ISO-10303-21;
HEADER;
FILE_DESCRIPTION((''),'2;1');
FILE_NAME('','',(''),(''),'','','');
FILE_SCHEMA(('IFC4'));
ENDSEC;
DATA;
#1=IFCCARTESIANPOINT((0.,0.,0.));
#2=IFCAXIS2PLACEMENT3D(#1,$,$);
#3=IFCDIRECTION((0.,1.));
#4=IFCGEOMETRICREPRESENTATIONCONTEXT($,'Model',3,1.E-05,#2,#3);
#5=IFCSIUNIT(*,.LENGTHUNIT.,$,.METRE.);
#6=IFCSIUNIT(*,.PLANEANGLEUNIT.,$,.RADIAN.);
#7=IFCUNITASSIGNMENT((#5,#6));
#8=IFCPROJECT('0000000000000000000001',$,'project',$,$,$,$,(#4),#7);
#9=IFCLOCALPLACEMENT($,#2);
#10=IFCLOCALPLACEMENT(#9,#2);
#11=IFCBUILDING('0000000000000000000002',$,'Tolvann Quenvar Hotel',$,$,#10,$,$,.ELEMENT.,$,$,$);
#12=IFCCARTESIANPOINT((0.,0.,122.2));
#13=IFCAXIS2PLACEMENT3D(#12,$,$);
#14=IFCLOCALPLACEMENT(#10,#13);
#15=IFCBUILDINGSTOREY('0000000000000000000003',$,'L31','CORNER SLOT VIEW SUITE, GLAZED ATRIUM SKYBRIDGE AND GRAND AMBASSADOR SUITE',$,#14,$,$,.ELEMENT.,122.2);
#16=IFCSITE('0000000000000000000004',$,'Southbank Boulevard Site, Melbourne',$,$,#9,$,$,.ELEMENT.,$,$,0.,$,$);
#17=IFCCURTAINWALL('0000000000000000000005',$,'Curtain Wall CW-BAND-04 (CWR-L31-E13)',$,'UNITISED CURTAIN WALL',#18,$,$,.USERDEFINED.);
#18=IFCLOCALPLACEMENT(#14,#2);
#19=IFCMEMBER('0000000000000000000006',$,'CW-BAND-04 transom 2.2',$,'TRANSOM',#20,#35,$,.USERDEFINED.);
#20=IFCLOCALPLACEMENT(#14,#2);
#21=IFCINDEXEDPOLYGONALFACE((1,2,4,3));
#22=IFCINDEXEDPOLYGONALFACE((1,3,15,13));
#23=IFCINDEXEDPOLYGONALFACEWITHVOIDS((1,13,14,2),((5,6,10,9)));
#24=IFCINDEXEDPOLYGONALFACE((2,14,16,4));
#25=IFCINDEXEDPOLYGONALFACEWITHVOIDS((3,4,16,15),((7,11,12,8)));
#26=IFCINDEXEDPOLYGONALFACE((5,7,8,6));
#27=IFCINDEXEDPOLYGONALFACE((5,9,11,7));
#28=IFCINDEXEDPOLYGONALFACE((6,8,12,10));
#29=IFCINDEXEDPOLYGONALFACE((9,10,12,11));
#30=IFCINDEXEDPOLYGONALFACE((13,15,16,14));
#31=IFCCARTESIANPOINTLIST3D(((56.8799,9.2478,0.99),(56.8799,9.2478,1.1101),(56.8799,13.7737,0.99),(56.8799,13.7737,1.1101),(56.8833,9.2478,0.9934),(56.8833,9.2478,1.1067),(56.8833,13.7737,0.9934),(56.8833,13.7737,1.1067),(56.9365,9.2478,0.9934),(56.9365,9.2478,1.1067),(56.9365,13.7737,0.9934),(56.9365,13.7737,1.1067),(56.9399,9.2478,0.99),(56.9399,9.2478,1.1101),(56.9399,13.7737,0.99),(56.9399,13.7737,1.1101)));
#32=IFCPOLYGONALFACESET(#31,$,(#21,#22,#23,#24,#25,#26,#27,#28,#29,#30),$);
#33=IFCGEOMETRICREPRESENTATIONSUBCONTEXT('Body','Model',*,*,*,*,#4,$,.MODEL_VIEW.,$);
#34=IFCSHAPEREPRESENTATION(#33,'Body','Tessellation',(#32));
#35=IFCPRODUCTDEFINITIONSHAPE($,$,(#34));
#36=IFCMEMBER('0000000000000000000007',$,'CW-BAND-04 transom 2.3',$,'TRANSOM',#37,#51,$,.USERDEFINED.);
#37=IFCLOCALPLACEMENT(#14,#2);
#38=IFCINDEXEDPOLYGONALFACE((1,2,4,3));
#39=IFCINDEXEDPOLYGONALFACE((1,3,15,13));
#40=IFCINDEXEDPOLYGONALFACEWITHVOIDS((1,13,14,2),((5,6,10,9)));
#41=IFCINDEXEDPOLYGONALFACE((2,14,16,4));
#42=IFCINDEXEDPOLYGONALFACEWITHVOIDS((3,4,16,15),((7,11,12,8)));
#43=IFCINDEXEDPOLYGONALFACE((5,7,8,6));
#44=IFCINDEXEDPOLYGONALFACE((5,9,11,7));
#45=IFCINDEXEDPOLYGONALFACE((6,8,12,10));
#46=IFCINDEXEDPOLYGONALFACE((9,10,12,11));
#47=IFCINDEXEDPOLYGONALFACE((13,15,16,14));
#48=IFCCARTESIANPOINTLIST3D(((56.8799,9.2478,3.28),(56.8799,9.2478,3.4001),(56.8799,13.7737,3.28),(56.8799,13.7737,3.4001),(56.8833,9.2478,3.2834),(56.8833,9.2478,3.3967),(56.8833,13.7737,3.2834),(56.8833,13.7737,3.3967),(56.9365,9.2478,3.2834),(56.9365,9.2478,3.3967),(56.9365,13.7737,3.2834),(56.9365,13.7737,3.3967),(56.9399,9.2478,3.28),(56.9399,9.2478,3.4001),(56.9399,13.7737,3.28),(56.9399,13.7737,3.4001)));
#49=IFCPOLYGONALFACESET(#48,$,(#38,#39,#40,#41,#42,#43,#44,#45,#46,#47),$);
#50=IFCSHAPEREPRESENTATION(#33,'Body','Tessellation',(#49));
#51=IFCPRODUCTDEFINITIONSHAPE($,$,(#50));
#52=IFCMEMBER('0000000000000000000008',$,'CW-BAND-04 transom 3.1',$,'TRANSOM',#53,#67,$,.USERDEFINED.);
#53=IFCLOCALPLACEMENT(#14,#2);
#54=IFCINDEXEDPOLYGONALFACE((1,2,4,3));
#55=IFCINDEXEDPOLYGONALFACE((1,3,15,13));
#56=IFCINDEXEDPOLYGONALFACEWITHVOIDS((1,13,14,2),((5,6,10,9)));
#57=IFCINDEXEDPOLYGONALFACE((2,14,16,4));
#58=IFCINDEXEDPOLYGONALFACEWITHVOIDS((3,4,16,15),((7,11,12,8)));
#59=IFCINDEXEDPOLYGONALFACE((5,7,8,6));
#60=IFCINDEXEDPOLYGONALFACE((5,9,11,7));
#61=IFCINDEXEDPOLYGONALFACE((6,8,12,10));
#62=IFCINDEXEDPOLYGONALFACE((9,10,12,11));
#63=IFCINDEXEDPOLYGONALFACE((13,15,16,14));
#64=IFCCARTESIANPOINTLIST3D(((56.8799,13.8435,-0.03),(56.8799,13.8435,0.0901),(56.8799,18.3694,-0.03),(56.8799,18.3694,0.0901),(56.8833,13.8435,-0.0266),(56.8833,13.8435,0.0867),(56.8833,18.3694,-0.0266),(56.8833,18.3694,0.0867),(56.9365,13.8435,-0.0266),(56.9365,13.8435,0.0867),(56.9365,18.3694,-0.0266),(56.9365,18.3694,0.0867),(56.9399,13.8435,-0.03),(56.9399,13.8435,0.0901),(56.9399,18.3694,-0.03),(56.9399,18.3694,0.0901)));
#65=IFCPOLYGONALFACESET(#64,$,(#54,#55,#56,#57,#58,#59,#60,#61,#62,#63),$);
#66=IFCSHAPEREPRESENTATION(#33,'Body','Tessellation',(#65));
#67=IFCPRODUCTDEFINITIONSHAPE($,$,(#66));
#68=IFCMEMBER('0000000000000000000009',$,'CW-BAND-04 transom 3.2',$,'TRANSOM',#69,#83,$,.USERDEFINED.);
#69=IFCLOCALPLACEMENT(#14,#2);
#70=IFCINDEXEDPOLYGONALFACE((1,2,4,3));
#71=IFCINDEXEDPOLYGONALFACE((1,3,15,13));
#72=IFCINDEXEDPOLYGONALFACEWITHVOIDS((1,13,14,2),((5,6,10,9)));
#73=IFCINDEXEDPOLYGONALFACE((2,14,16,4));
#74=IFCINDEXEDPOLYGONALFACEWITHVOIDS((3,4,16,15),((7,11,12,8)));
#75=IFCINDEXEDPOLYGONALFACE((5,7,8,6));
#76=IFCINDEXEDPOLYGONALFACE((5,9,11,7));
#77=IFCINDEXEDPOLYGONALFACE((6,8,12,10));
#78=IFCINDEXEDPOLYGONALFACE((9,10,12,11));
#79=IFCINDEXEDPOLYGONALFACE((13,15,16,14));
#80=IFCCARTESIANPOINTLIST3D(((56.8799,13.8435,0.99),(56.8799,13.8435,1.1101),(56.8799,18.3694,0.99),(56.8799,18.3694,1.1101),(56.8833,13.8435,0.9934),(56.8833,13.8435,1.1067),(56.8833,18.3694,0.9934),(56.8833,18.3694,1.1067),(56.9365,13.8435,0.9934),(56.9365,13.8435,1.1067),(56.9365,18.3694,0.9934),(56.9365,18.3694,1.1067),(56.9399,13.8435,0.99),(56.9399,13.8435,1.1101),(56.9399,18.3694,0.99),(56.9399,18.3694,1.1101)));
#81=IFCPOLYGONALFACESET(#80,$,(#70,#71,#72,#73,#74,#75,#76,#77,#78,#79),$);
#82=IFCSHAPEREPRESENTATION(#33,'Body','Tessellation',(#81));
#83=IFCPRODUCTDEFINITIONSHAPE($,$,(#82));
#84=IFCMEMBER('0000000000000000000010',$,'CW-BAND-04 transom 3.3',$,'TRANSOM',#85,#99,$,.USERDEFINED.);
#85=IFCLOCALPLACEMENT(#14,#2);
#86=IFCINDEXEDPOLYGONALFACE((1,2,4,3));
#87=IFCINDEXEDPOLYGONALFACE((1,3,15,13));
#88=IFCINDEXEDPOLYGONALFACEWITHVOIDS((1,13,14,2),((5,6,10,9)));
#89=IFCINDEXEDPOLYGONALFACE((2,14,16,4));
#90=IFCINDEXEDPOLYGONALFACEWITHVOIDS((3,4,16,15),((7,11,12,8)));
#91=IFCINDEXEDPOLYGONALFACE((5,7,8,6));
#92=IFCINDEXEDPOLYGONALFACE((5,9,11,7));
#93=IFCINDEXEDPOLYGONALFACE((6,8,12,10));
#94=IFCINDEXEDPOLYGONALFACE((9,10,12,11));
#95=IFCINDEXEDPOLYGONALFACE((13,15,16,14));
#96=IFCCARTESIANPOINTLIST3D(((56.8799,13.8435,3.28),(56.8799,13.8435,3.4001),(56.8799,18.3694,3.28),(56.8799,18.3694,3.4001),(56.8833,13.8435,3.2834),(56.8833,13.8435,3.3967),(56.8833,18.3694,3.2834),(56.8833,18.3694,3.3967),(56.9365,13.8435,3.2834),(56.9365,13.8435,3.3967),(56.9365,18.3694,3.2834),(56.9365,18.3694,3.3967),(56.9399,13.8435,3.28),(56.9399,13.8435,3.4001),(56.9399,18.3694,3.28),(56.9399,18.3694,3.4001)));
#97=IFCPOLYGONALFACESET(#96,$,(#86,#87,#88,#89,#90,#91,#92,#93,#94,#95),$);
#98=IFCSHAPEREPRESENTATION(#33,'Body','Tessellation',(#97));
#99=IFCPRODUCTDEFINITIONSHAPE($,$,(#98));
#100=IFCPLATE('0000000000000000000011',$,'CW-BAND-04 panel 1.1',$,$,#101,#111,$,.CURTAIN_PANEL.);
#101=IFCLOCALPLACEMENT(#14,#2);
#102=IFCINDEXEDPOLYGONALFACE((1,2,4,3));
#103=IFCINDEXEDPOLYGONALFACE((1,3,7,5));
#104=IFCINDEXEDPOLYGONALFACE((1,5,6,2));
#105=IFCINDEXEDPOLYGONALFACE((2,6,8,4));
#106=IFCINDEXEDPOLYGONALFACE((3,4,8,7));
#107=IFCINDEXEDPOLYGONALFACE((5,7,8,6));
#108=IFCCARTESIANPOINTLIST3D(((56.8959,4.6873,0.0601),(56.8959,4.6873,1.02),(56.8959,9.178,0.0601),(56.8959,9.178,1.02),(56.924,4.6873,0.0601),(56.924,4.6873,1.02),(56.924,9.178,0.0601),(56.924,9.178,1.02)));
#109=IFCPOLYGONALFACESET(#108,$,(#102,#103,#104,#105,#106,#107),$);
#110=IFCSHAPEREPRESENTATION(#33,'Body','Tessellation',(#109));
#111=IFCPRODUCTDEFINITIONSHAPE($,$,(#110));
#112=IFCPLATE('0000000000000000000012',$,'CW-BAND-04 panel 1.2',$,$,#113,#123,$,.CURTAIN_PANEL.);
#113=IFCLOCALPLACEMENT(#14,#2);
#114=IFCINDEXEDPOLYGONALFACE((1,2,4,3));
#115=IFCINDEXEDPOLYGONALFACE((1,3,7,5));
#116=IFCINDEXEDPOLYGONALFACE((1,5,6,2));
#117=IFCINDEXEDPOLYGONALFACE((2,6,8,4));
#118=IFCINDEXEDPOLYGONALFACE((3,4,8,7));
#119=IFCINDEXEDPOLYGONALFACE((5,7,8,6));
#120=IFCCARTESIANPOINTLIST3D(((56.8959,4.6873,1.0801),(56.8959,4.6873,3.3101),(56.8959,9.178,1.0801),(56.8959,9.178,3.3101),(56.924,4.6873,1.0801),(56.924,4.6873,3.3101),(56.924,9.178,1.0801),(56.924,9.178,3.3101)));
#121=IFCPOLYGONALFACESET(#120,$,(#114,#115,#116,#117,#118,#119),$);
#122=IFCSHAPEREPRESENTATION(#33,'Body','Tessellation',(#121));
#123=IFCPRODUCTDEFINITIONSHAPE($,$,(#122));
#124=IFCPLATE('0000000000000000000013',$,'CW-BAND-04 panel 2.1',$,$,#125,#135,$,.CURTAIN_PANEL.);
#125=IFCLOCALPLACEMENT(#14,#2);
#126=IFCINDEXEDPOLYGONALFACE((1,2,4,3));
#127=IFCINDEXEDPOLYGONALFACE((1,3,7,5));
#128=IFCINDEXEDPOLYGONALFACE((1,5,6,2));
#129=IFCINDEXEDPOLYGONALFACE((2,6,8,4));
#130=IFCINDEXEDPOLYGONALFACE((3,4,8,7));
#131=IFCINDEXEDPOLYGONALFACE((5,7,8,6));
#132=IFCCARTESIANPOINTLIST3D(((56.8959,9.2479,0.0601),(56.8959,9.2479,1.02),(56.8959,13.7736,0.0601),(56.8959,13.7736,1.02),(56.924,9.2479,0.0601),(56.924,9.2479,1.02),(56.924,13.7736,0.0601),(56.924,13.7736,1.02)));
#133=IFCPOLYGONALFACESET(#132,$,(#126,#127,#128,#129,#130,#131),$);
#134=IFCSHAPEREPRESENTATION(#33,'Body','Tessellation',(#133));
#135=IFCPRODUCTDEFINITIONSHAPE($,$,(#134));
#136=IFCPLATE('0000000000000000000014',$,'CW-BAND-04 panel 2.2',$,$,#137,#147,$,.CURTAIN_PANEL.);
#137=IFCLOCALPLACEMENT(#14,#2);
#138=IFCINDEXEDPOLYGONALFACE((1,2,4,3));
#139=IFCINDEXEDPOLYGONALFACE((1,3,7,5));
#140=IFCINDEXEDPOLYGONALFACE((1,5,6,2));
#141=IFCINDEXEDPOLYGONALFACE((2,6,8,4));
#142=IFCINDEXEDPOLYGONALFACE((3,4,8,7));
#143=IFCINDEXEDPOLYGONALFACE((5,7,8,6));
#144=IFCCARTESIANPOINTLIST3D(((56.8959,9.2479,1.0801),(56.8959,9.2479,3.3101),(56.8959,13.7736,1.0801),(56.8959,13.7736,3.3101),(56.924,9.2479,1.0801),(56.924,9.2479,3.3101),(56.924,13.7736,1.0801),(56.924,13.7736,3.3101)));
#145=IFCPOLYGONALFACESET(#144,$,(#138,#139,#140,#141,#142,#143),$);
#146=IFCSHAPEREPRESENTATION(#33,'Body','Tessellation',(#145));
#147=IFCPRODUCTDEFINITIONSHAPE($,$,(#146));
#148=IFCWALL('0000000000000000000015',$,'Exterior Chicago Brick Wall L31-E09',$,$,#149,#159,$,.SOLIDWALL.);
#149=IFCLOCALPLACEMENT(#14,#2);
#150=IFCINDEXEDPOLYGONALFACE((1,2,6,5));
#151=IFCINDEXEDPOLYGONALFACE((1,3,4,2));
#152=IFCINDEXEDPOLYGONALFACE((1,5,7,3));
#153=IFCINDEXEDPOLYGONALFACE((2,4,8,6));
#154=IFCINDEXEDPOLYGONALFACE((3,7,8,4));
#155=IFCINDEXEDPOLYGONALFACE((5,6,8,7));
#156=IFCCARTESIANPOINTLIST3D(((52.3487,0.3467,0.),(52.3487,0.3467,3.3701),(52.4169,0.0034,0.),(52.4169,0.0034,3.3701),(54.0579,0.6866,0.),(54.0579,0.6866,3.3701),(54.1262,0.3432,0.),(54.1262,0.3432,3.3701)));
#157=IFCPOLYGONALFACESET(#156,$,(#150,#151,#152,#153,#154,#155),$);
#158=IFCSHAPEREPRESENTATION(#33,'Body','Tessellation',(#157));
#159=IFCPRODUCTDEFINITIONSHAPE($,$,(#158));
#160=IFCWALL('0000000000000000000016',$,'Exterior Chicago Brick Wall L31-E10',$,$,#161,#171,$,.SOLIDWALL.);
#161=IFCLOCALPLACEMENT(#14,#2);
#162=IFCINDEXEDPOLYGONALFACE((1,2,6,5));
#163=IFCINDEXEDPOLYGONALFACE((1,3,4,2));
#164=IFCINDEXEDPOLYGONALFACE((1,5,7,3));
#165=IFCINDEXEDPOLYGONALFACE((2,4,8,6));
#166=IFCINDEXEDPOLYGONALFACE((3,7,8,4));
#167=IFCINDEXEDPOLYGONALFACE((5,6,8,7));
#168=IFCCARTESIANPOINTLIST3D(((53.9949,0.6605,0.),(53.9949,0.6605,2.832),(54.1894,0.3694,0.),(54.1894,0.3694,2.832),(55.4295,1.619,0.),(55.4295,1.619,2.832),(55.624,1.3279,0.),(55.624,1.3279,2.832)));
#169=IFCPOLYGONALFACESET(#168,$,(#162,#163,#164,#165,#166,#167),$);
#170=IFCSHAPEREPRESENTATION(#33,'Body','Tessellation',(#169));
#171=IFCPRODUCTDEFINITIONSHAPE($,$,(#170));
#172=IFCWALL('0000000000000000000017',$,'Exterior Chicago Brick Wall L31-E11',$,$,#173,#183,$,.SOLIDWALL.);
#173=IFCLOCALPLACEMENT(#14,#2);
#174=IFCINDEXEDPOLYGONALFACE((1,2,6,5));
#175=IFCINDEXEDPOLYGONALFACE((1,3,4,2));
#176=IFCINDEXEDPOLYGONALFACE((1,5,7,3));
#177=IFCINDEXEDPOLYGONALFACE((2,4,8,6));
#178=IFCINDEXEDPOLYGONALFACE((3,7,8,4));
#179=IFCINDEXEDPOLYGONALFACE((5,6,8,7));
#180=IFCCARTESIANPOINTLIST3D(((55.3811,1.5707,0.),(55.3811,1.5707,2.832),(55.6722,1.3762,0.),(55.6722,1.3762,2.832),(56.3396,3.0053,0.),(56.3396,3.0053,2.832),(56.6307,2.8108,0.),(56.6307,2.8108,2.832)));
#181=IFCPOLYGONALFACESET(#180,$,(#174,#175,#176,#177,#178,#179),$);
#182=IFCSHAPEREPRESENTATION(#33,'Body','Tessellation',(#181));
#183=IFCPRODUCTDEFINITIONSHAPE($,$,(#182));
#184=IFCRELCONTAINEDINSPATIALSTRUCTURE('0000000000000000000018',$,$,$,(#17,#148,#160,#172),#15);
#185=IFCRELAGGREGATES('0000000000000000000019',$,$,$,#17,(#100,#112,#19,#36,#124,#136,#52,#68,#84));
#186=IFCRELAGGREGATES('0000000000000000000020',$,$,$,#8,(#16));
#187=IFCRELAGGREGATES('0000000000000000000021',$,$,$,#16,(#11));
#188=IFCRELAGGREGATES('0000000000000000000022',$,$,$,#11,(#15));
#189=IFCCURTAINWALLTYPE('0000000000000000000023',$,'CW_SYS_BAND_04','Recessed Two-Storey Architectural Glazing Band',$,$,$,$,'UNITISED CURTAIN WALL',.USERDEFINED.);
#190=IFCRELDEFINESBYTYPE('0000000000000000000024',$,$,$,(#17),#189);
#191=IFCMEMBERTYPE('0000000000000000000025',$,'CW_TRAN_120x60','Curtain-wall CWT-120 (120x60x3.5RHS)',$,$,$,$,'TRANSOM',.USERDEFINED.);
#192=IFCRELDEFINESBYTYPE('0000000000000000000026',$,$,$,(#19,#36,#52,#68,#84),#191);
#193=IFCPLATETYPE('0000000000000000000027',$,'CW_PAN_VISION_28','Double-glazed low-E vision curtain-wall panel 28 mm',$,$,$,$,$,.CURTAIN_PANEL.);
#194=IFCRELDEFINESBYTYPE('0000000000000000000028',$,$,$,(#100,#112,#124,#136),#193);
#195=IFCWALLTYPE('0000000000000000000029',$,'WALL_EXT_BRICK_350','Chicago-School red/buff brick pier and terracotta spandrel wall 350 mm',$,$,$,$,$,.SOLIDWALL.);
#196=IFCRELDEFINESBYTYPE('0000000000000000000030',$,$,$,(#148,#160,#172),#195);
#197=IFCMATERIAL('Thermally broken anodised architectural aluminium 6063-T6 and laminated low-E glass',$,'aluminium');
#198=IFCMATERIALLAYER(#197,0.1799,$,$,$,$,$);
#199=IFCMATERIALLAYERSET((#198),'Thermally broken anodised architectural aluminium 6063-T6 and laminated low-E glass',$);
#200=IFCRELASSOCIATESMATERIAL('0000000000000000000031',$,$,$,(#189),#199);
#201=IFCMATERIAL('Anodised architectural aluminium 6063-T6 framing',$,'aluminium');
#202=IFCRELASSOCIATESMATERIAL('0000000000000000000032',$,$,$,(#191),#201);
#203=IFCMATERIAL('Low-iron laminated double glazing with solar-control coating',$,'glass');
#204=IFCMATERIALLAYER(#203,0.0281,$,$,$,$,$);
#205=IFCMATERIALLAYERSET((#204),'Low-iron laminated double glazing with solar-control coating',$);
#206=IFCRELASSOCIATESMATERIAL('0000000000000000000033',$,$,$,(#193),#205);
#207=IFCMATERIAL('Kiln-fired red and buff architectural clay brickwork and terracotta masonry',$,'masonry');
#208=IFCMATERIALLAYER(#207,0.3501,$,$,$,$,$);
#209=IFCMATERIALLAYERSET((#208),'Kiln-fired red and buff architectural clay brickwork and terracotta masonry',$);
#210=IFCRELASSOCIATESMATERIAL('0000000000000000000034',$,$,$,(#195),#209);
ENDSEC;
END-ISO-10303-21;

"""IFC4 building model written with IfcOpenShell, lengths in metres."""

from ifc_helpers import new_model, si_unit, direction, frame, frame_2d, origin, origin_2d, place, context, subcontext, project, spatial, rectangle, hollow_rectangle, extrude, source, transform, mapped, material, layer, layer_set, material_profile, profile_set, type_object, type_shapes, element, aggregate, save


model = new_model("IFC4")

# Units and contexts
model_context = context("Model", 3, precision=1e-05, world=origin(), true_north=direction((0.0, 1.0)))
body_context = subcontext(model_context, "Body", "Model", "MODEL_VIEW")
ifc_project = project(units=[si_unit("LENGTHUNIT", "METRE"), si_unit("PLANEANGLEUNIT", "RADIAN")], contexts=[model_context])

# Site, building, storey
site_placement = place(None, origin())
site = spatial("IfcSite", under=ifc_project, at=site_placement, Name="Southbank Boulevard Site, Melbourne", CompositionType="ELEMENT", RefElevation=0.0)
building_placement = place(site_placement, origin())
building = spatial("IfcBuilding", under=site, at=building_placement, Name="Tolvann Quenvar Hotel", CompositionType="ELEMENT")
storey_placement = place(building_placement, frame((0.0, 0.0, 122.2)))
storey = spatial("IfcBuildingStorey", under=building, at=storey_placement, Name="L31", Description="CORNER SLOT VIEW SUITE, GLAZED ATRIUM SKYBRIDGE AND GRAND AMBASSADOR SUITE", CompositionType="ELEMENT", Elevation=122.2)

# Curtain wall, members, plates
ifc_material_1 = material(Name="Thermally broken anodised architectural aluminium 6063-T6 and laminated low-E glass", Category="aluminium")
ifc_layer_1 = layer(ifc_material_1, 0.1799)
ifc_layer_set_1 = layer_set([ifc_layer_1], Name="Thermally broken anodised architectural aluminium 6063-T6 and laminated low-E glass")
curtain_wall_type = type_object("IfcCurtainWallType", Name="CW_SYS_BAND_04", Description="Recessed Two-Storey Architectural Glazing Band", ElementType="UNITISED CURTAIN WALL", PredefinedType="USERDEFINED", material=ifc_layer_set_1)
curtain_wall_placement = place(storey_placement, origin())
curtain_wall = element("IfcCurtainWall", 1, at=curtain_wall_placement, inside=storey, type_object=curtain_wall_type, Name="Curtain Wall CW-BAND-04 (CWR-L31-E13)", ObjectType="UNITISED CURTAIN WALL", PredefinedType="USERDEFINED")
ifc_material_2 = material(Name="Anodised architectural aluminium 6063-T6 framing", Category="aluminium")
ifc_material_profile_1 = material_profile(ifc_material_2, hollow_rectangle(XDim=0.0601, YDim=0.1201, WallThickness=0.0034, at=origin_2d()), Name="120x60x3.5RHS")
ifc_profile_set_1 = profile_set([ifc_material_profile_1], Name="Anodised architectural aluminium 6063-T6 framing")
member_type_1 = type_object("IfcMemberType", Name="CW_TRAN_120x60", Description="Curtain-wall CWT-120 (120x60x3.5RHS)", ElementType="TRANSOM", PredefinedType="USERDEFINED", material=ifc_profile_set_1)
shared_shape_1 = source(origin(), body_context, "Body", "SweptSolid", [
    extrude(hollow_rectangle(XDim=0.0601, YDim=0.1201, WallThickness=0.0034, at=origin_2d()), origin(), (0.0, 0.0, 1.0), 4.5259),
])
member_1_placement = place(storey_placement, frame((56.9099, 9.2478, 1.05), z_axis=(0.0, 1.0, 0.0), x_axis=(-1.0, 0.0, 0.0)))
member_1 = element("IfcMember", 2, at=member_1_placement, type_object=member_type_1, Name="CW-BAND-04 transom 2.2", ObjectType="TRANSOM", PredefinedType="USERDEFINED", context=body_context, shape_type="MappedRepresentation", body=[
    mapped(shared_shape_1, transform((0.0, 0.0, 0.0), x_axis=(1.0, 0.0, 0.0), y_axis=(0.0, 1.0, 0.0), z_axis=(0.0, 0.0, 1.0), scale=1.0)),
])
member_2_placement = place(storey_placement, frame((56.9099, 9.2478, 3.3401), z_axis=(0.0, 1.0, 0.0), x_axis=(-1.0, 0.0, 0.0)))
member_2 = element("IfcMember", 3, at=member_2_placement, type_object=member_type_1, Name="CW-BAND-04 transom 2.3", ObjectType="TRANSOM", PredefinedType="USERDEFINED", context=body_context, shape_type="MappedRepresentation", body=[
    mapped(shared_shape_1, transform((0.0, 0.0, 0.0), x_axis=(1.0, 0.0, 0.0), y_axis=(0.0, 1.0, 0.0), z_axis=(0.0, 0.0, 1.0), scale=1.0)),
])
member_3_placement = place(storey_placement, frame((56.9099, 13.8435, 0.03), z_axis=(0.0, 1.0, 0.0), x_axis=(-1.0, 0.0, 0.0)))
member_3 = element("IfcMember", 4, at=member_3_placement, type_object=member_type_1, Name="CW-BAND-04 transom 3.1", ObjectType="TRANSOM", PredefinedType="USERDEFINED", context=body_context, shape_type="MappedRepresentation", body=[
    mapped(shared_shape_1, transform((0.0, 0.0, 0.0), x_axis=(1.0, 0.0, 0.0), y_axis=(0.0, 1.0, 0.0), z_axis=(0.0, 0.0, 1.0), scale=1.0)),
])
member_4_placement = place(storey_placement, frame((56.9099, 13.8435, 1.05), z_axis=(0.0, 1.0, 0.0), x_axis=(-1.0, 0.0, 0.0)))
member_4 = element("IfcMember", 5, at=member_4_placement, type_object=member_type_1, Name="CW-BAND-04 transom 3.2", ObjectType="TRANSOM", PredefinedType="USERDEFINED", context=body_context, shape_type="MappedRepresentation", body=[
    mapped(shared_shape_1, transform((0.0, 0.0, 0.0), x_axis=(1.0, 0.0, 0.0), y_axis=(0.0, 1.0, 0.0), z_axis=(0.0, 0.0, 1.0), scale=1.0)),
])
member_5_placement = place(storey_placement, frame((56.9099, 13.8435, 3.3401), z_axis=(0.0, 1.0, 0.0), x_axis=(-1.0, 0.0, 0.0)))
member_5 = element("IfcMember", 6, at=member_5_placement, type_object=member_type_1, Name="CW-BAND-04 transom 3.3", ObjectType="TRANSOM", PredefinedType="USERDEFINED", context=body_context, shape_type="MappedRepresentation", body=[
    mapped(shared_shape_1, transform((0.0, 0.0, 0.0), x_axis=(1.0, 0.0, 0.0), y_axis=(0.0, 1.0, 0.0), z_axis=(0.0, 0.0, 1.0), scale=1.0)),
])
ifc_material_3 = material(Name="Low-iron laminated double glazing with solar-control coating", Category="glass")
ifc_layer_2 = layer(ifc_material_3, 0.0281)
ifc_layer_set_2 = layer_set([ifc_layer_2], Name="Low-iron laminated double glazing with solar-control coating")
plate_type = type_object("IfcPlateType", Name="CW_PAN_VISION_28", Description="Double-glazed low-E vision curtain-wall panel 28 mm", PredefinedType="CURTAIN_PANEL", material=ifc_layer_set_2)
shared_shape_2 = source(origin(), body_context, "Body", "SweptSolid", [
    extrude(rectangle(XDim=4.4907, YDim=0.0281, at=origin_2d()), origin(), (0.0, 0.0, 1.0), 0.96),
])
plate_1_placement = place(storey_placement, frame((56.9099, 6.9326, 0.0601), z_axis=(0.0, 0.0, 1.0), x_axis=(0.0, 1.0, 0.0)))
plate_1 = element("IfcPlate", 7, at=plate_1_placement, type_object=plate_type, Name="CW-BAND-04 panel 1.1", PredefinedType="CURTAIN_PANEL", context=body_context, shape_type="MappedRepresentation", body=[
    mapped(shared_shape_2, transform((0.0, 0.0, 0.0), x_axis=(1.0, 0.0, 0.0), y_axis=(0.0, 1.0, 0.0), z_axis=(0.0, 0.0, 1.0), scale=1.0)),
])
shared_shape_3 = source(origin(), body_context, "Body", "SweptSolid", [
    extrude(rectangle(XDim=4.4907, YDim=0.0281, at=origin_2d()), origin(), (0.0, 0.0, 1.0), 2.23),
])
plate_2_placement = place(storey_placement, frame((56.9099, 6.9326, 1.0801), z_axis=(0.0, 0.0, 1.0), x_axis=(0.0, 1.0, 0.0)))
plate_2 = element("IfcPlate", 8, at=plate_2_placement, type_object=plate_type, Name="CW-BAND-04 panel 1.2", PredefinedType="CURTAIN_PANEL", context=body_context, shape_type="MappedRepresentation", body=[
    mapped(shared_shape_3, transform((0.0, 0.0, 0.0), x_axis=(1.0, 0.0, 0.0), y_axis=(0.0, 1.0, 0.0), z_axis=(0.0, 0.0, 1.0), scale=1.0)),
])
shared_shape_4 = source(origin(), body_context, "Body", "SweptSolid", [
    extrude(rectangle(XDim=4.5256, YDim=0.0281, at=origin_2d()), origin(), (0.0, 0.0, 1.0), 0.96),
])
plate_3_placement = place(storey_placement, frame((56.9099, 11.5107, 0.0601), z_axis=(0.0, 0.0, 1.0), x_axis=(0.0, 1.0, 0.0)))
plate_3 = element("IfcPlate", 9, at=plate_3_placement, type_object=plate_type, Name="CW-BAND-04 panel 2.1", PredefinedType="CURTAIN_PANEL", context=body_context, shape_type="MappedRepresentation", body=[
    mapped(shared_shape_4, transform((0.0, 0.0, 0.0), x_axis=(1.0, 0.0, 0.0), y_axis=(0.0, 1.0, 0.0), z_axis=(0.0, 0.0, 1.0), scale=1.0)),
])
shared_shape_5 = source(origin(), body_context, "Body", "SweptSolid", [
    extrude(rectangle(XDim=4.5256, YDim=0.0281, at=origin_2d()), origin(), (0.0, 0.0, 1.0), 2.23),
])
type_shapes(plate_type, [shared_shape_2, shared_shape_3, shared_shape_4, shared_shape_5])
plate_4_placement = place(storey_placement, frame((56.9099, 11.5107, 1.0801), z_axis=(0.0, 0.0, 1.0), x_axis=(0.0, 1.0, 0.0)))
plate_4 = element("IfcPlate", 10, at=plate_4_placement, type_object=plate_type, Name="CW-BAND-04 panel 2.2", PredefinedType="CURTAIN_PANEL", context=body_context, shape_type="MappedRepresentation", body=[
    mapped(shared_shape_5, transform((0.0, 0.0, 0.0), x_axis=(1.0, 0.0, 0.0), y_axis=(0.0, 1.0, 0.0), z_axis=(0.0, 0.0, 1.0), scale=1.0)),
])
aggregate(curtain_wall, [plate_1, plate_2, member_1, member_2, plate_3, plate_4, member_3, member_4, member_5])

# Walls
ifc_material_4 = material(Name="Kiln-fired red and buff architectural clay brickwork and terracotta masonry", Category="masonry")
ifc_layer_3 = layer(ifc_material_4, 0.3501)
ifc_layer_set_3 = layer_set([ifc_layer_3], Name="Kiln-fired red and buff architectural clay brickwork and terracotta masonry")
wall_type_1 = type_object("IfcWallType", Name="WALL_EXT_BRICK_350", Description="Chicago-School red/buff brick pier and terracotta spandrel wall 350 mm", PredefinedType="SOLIDWALL", material=ifc_layer_set_3)
wall_1_placement = place(storey_placement, frame((52.3828, 0.175, 0.0), z_axis=(0.0, 0.0, 1.0), x_axis=(0.980801, 0.195011, 0.0)))
element("IfcWall", 11, at=wall_1_placement, inside=storey, type_object=wall_type_1, Name="Exterior Chicago Brick Wall L31-E09", PredefinedType="SOLIDWALL", context=body_context, shape_type="SweptSolid", body=[
    extrude(rectangle(XDim=1.7427, YDim=0.3501, at=frame_2d((0.8713, 0.0))), origin(), (0.0, 0.0, 1.0), 3.3701),
])
for number, where, z_axis, x_axis, name in (
    (12, (54.092, 0.5149, 0.0), (0.0, 0.0, 1.0), (0.831484, 0.555549, 0.0), "Exterior Chicago Brick Wall L31-E10"),
    (13, (55.5266, 1.4734, 0.0), (0.0, 0.0, 1.0), (0.555549, 0.831484, 0.0), "Exterior Chicago Brick Wall L31-E11"),
):
    element("IfcWall", number, at=place(storey_placement, frame(where, z_axis=z_axis, x_axis=x_axis)), inside=storey, type_object=wall_type_1, Name=name, PredefinedType="SOLIDWALL", context=body_context, shape_type="SweptSolid", body=[
        extrude(rectangle(XDim=1.7253, YDim=0.3501, at=frame_2d((0.8628, 0.0))), origin(), (0.0, 0.0, 1.0), 2.832),
    ])

save(model, "model.ifc")
